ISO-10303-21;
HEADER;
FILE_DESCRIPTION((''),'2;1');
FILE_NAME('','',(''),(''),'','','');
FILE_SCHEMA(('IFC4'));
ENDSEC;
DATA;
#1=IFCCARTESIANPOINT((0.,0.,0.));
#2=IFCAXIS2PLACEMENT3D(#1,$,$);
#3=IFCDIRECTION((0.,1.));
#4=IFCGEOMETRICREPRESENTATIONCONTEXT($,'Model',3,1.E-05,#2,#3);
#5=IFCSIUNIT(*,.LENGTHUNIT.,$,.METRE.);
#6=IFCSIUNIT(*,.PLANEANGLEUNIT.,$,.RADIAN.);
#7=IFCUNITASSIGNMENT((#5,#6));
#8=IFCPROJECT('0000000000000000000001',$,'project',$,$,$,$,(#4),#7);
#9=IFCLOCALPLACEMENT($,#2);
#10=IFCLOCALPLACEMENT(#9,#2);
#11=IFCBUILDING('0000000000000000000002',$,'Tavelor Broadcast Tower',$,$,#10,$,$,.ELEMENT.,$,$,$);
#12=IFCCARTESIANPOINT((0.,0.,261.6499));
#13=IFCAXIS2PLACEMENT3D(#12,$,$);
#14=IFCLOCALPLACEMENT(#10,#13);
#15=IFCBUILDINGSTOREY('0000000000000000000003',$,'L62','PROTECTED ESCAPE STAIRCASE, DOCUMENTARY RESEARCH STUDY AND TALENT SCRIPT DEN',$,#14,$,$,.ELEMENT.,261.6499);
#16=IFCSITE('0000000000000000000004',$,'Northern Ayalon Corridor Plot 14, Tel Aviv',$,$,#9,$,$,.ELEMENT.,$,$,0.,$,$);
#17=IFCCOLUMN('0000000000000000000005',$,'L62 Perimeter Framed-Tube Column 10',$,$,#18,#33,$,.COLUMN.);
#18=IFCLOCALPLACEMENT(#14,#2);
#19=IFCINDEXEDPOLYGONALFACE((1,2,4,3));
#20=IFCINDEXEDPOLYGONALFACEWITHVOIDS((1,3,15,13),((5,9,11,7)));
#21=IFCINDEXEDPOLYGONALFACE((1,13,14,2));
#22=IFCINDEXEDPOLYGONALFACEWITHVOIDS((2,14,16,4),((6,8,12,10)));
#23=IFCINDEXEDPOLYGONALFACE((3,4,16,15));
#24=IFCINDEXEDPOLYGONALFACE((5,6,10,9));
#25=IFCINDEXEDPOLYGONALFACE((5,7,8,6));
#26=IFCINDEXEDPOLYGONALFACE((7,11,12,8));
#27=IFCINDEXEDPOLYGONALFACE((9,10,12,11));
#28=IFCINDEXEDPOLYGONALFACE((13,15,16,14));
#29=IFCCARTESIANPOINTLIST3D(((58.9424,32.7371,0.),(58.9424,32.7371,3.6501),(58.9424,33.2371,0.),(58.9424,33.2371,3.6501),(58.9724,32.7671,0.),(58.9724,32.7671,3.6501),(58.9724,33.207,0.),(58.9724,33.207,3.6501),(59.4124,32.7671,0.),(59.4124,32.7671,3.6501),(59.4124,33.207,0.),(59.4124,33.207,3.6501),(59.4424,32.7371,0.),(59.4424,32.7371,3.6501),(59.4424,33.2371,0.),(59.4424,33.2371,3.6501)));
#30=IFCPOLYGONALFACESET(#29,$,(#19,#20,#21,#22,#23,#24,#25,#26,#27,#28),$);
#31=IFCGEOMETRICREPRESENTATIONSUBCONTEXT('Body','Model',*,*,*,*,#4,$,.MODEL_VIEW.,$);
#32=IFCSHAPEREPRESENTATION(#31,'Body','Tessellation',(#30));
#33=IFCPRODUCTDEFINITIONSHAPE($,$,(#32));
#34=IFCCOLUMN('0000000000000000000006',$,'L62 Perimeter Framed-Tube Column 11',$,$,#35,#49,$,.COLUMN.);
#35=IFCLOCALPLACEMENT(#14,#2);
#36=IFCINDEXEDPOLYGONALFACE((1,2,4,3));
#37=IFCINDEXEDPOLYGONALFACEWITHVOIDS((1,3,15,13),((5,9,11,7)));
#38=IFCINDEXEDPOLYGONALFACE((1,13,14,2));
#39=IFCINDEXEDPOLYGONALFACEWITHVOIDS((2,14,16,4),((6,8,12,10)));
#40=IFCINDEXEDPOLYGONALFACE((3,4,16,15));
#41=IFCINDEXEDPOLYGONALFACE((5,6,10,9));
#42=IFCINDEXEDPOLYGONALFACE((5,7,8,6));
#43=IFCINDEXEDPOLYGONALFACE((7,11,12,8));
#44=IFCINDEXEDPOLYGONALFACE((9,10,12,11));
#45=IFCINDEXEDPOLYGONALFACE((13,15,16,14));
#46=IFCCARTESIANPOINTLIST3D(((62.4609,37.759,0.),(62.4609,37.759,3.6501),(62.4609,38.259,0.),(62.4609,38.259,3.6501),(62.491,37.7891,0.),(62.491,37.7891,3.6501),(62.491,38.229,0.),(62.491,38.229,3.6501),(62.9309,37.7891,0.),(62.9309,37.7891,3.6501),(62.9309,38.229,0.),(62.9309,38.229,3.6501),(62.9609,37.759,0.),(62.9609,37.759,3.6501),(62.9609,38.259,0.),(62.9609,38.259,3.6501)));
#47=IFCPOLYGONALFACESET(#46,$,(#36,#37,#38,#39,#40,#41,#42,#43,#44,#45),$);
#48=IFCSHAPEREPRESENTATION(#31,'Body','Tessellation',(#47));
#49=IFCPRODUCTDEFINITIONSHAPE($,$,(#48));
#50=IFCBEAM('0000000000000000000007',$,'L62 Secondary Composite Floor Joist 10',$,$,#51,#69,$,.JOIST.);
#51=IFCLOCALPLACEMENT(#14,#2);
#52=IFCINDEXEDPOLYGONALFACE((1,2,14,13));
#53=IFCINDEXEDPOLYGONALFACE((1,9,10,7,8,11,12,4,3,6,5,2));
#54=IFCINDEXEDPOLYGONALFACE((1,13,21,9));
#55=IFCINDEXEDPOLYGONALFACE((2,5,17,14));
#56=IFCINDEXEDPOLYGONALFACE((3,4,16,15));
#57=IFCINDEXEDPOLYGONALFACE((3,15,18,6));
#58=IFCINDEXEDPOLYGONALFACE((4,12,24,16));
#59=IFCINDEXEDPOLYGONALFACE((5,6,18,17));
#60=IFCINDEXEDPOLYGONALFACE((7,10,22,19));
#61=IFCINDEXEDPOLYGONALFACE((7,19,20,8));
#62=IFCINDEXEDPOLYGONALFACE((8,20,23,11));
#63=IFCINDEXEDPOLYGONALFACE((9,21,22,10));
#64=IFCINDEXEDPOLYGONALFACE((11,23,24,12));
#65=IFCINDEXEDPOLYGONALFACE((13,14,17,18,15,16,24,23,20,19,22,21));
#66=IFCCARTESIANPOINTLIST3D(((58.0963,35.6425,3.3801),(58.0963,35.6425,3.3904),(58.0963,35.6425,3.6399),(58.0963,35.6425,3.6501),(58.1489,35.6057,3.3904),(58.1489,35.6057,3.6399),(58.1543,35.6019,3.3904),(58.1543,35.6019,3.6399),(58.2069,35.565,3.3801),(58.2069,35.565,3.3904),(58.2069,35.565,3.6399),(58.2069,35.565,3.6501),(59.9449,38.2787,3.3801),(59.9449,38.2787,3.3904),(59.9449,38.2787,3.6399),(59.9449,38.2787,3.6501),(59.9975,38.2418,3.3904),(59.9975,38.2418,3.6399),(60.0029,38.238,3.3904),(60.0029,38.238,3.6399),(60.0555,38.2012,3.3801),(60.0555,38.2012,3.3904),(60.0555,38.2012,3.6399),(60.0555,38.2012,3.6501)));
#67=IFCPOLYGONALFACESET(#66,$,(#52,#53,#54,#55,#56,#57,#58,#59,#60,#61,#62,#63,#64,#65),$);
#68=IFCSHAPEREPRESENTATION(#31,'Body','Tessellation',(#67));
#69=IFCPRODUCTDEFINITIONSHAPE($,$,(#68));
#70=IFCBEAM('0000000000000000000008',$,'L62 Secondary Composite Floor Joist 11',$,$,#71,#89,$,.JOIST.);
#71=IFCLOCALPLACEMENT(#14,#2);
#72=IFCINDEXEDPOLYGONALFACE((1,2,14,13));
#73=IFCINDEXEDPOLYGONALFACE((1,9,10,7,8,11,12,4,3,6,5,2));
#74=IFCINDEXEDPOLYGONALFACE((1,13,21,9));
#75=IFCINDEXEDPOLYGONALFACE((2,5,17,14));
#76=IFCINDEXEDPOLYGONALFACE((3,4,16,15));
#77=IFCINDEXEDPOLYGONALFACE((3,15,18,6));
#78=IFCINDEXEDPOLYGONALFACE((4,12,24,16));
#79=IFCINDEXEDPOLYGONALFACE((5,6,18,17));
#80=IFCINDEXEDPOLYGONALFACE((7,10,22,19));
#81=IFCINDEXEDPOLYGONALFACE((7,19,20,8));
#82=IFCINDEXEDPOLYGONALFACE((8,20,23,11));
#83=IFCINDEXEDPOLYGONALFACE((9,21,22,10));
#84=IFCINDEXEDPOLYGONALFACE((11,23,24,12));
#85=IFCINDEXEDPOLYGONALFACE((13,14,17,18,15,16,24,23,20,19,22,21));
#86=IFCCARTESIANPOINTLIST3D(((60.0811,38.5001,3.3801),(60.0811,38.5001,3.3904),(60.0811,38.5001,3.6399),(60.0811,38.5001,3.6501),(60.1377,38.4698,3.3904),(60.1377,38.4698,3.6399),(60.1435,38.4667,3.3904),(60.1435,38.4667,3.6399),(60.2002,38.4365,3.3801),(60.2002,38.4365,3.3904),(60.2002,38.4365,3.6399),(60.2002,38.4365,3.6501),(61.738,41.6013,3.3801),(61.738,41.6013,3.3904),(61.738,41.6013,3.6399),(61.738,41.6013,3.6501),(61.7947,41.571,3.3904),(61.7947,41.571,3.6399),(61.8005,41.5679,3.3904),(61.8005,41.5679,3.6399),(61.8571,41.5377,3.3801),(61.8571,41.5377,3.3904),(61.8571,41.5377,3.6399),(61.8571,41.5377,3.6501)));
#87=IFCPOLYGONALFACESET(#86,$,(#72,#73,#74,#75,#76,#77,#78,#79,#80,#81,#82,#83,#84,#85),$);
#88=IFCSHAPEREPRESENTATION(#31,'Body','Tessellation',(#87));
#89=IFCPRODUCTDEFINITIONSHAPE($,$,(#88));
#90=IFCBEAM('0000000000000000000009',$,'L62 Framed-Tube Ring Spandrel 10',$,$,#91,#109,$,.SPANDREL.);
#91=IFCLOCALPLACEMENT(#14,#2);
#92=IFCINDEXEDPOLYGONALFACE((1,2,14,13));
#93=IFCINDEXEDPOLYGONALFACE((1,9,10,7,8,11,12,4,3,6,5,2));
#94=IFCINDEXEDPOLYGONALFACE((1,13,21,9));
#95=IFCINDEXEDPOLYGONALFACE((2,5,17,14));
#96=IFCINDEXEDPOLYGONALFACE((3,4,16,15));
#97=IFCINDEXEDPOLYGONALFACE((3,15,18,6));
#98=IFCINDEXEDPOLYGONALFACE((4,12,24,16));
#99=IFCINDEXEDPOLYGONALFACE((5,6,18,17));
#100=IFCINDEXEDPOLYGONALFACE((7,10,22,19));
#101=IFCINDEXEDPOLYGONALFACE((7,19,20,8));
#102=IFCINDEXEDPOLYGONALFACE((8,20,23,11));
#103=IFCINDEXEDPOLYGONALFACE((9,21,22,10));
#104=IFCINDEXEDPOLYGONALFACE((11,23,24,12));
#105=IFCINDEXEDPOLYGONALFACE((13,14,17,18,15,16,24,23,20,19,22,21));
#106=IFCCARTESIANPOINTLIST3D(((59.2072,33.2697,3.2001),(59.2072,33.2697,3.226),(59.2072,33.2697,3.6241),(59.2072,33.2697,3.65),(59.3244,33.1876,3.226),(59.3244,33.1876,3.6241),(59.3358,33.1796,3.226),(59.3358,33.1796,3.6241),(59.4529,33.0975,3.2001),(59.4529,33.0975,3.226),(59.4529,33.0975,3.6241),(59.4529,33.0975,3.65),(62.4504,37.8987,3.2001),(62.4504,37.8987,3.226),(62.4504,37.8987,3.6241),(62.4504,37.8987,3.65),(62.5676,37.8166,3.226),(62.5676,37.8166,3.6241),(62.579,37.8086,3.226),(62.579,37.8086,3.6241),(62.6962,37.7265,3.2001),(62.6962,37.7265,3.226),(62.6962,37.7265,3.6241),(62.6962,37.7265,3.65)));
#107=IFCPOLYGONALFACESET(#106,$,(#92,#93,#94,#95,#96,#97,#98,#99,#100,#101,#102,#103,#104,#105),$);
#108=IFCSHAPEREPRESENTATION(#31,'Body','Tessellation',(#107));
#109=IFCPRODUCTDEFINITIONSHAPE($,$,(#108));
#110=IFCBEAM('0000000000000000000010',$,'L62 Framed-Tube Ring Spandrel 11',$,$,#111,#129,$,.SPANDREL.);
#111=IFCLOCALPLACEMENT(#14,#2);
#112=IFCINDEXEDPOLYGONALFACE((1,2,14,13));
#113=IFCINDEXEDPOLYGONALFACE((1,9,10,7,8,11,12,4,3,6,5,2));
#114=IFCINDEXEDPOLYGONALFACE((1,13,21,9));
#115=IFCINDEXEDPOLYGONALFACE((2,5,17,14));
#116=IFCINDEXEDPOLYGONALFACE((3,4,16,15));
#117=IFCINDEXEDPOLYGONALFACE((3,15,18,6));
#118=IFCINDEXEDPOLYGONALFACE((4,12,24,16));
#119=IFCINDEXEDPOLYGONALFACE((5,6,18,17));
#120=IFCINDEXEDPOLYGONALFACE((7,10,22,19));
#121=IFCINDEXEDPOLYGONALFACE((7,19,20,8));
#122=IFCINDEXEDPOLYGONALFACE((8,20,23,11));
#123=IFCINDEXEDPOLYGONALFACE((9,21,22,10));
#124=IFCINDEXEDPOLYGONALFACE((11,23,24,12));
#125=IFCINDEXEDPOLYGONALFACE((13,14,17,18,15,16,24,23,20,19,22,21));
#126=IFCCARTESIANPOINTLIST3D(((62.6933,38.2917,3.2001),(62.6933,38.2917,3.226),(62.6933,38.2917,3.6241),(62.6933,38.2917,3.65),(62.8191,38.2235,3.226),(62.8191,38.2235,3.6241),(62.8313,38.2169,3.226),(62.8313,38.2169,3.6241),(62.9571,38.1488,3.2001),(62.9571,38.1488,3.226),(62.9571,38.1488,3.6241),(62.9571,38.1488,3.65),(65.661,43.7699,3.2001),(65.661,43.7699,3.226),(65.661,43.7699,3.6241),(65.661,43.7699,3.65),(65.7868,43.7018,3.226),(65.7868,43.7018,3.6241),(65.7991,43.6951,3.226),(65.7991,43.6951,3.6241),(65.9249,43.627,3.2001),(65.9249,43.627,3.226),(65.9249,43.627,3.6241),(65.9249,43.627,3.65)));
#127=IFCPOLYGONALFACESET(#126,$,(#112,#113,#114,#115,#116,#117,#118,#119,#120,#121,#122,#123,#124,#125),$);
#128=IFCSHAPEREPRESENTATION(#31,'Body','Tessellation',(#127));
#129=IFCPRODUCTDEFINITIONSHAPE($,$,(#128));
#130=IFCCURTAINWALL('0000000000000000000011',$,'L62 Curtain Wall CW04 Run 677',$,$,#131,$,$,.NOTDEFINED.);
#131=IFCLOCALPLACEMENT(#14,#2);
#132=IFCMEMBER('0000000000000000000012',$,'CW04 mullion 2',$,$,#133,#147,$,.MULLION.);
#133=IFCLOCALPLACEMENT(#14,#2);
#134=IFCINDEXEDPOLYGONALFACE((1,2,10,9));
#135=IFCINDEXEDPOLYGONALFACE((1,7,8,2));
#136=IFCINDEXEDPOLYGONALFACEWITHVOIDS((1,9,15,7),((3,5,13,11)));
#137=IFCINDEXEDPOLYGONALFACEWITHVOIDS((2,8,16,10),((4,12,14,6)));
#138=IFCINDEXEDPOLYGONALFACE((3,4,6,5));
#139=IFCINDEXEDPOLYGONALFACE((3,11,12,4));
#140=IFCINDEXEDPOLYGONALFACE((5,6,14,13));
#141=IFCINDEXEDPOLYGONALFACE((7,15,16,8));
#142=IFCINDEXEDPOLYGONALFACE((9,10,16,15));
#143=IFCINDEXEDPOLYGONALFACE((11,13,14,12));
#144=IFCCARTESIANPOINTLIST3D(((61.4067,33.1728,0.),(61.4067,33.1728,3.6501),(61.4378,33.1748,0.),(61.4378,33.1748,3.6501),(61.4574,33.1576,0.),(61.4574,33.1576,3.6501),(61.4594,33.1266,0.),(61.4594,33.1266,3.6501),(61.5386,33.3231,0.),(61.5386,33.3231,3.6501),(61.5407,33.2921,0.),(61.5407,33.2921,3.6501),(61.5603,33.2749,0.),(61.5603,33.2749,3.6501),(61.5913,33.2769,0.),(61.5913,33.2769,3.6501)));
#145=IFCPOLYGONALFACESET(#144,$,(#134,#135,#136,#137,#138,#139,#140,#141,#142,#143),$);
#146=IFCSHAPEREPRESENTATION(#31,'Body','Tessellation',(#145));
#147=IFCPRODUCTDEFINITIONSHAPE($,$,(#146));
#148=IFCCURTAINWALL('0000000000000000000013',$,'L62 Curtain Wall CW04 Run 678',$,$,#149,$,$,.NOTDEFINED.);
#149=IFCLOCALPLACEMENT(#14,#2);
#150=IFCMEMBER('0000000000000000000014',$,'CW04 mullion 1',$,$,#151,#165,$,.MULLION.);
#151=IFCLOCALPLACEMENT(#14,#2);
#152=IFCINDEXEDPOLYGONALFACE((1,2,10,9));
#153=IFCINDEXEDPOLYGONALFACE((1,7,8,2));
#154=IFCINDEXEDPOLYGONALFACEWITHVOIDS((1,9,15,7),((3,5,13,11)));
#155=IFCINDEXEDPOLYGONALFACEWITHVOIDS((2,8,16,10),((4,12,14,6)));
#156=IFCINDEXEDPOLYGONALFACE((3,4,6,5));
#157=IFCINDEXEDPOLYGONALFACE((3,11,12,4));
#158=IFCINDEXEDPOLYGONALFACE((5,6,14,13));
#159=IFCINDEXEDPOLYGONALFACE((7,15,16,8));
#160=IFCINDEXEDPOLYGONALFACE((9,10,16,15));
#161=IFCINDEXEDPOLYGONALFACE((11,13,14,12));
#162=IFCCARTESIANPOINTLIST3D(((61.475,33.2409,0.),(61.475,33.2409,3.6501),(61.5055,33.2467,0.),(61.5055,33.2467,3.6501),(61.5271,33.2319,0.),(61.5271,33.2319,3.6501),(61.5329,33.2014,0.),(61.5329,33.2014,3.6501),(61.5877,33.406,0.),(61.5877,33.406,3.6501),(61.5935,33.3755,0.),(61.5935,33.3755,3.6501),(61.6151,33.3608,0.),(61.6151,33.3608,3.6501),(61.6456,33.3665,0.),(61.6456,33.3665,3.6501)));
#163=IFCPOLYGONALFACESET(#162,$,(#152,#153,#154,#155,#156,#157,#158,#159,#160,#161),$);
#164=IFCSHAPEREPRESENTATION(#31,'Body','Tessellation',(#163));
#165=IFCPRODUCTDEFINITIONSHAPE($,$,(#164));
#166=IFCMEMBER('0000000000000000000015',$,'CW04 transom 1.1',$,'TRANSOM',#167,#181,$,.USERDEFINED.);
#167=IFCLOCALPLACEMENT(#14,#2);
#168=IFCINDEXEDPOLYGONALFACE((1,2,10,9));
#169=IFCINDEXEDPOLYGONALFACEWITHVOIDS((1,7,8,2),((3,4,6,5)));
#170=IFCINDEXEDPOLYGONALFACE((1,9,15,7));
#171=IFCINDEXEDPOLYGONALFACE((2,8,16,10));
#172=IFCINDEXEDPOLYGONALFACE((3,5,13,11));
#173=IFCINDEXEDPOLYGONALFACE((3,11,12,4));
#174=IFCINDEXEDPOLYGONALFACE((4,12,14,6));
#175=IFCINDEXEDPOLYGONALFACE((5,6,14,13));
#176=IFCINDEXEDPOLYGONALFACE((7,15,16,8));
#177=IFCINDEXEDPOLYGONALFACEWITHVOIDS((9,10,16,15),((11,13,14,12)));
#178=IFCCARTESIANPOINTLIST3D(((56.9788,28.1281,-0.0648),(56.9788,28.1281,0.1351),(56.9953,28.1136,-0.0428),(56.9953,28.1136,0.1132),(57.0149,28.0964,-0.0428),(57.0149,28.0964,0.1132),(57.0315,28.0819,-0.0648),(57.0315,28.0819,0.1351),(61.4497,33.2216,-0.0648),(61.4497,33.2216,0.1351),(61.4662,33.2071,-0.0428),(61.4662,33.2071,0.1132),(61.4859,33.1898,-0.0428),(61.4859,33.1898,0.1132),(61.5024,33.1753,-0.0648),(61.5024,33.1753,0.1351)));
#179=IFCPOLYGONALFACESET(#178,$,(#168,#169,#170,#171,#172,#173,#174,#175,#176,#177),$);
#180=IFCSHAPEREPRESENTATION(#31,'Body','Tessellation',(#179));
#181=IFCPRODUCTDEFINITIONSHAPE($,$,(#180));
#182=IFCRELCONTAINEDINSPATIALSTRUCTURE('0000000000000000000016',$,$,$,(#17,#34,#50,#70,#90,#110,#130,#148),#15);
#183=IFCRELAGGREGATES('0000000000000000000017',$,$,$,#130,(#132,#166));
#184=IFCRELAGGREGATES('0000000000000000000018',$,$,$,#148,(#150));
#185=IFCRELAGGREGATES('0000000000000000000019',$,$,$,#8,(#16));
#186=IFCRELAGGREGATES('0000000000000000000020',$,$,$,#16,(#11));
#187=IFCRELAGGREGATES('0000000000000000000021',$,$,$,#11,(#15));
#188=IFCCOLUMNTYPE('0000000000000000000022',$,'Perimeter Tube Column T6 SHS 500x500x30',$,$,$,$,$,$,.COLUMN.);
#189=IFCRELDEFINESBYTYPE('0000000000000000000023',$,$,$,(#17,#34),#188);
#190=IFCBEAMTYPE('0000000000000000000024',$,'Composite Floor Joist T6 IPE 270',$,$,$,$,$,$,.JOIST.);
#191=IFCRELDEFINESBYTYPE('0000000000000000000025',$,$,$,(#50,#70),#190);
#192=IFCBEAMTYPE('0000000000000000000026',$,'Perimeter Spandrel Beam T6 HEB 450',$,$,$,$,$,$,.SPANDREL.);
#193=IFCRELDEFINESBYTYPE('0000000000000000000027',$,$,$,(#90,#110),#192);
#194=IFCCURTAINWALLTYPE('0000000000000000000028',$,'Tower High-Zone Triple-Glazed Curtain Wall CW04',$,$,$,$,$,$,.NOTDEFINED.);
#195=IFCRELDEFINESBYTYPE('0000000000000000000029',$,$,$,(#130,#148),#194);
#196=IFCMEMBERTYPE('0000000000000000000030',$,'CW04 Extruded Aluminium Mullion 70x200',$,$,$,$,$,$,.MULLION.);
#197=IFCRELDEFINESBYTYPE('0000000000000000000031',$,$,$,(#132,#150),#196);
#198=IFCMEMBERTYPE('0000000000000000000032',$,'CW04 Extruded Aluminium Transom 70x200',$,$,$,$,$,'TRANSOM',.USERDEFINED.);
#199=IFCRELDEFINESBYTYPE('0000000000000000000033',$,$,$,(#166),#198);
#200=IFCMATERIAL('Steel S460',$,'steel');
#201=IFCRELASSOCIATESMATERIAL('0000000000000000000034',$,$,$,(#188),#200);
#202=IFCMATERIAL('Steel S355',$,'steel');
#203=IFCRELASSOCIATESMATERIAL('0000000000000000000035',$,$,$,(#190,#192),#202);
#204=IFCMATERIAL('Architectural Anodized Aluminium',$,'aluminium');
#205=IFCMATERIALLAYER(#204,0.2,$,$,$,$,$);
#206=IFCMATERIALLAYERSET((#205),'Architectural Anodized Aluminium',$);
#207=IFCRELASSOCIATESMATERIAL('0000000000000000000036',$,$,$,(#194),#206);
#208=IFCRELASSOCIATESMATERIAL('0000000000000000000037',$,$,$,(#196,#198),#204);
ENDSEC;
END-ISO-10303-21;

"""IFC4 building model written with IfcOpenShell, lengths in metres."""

from ifc_helpers import new_model, si_unit, direction, frame, origin, origin_2d, place, context, subcontext, project, spatial, hollow_rectangle, i_section, extrude, source, transform, mapped, material, layer, layer_set, material_profile, profile_set, type_object, type_shapes, element, aggregate, save


model = new_model("IFC4")

# Units and contexts
model_context = context("Model", 3, precision=1e-05, world=origin(), true_north=direction((0.0, 1.0)))
body_context = subcontext(model_context, "Body", "Model", "MODEL_VIEW")
ifc_project = project(units=[si_unit("LENGTHUNIT", "METRE"), si_unit("PLANEANGLEUNIT", "RADIAN")], contexts=[model_context])

# Site, building, storey
site_placement = place(None, origin())
site = spatial("IfcSite", under=ifc_project, at=site_placement, Name="Northern Ayalon Corridor Plot 14, Tel Aviv", CompositionType="ELEMENT", RefElevation=0.0)
building_placement = place(site_placement, origin())
building = spatial("IfcBuilding", under=site, at=building_placement, Name="Tavelor Broadcast Tower", CompositionType="ELEMENT")
storey_placement = place(building_placement, frame((0.0, 0.0, 261.6499)))
storey = spatial("IfcBuildingStorey", under=building, at=storey_placement, Name="L62", Description="PROTECTED ESCAPE STAIRCASE, DOCUMENTARY RESEARCH STUDY AND TALENT SCRIPT DEN", CompositionType="ELEMENT", Elevation=261.6499)

# Columns
ifc_material_1 = material(Name="Steel S460", Category="steel")
ifc_material_profile_1 = material_profile(ifc_material_1, hollow_rectangle(XDim=0.5, YDim=0.5, WallThickness=0.03, at=origin_2d()), Name="SHS 500x500x30")
ifc_profile_set_1 = profile_set([ifc_material_profile_1], Name="Steel S460")
column_type = type_object("IfcColumnType", Name="Perimeter Tube Column T6 SHS 500x500x30", PredefinedType="COLUMN", material=ifc_profile_set_1)
for number, where, z_axis, x_axis, name in (
    (1, (59.1924, 32.9871, 0.0), (0.0, 0.0, 1.0), (1.0, 0.0, 0.0), "L62 Perimeter Framed-Tube Column 10"),
    (2, (62.7109, 38.009, 0.0), (0.0, 0.0, 1.0), (1.0, 0.0, 0.0), "L62 Perimeter Framed-Tube Column 11"),
):
    element("IfcColumn", number, at=place(storey_placement, frame(where, z_axis=z_axis, x_axis=x_axis)), inside=storey, type_object=column_type, Name=name, PredefinedType="COLUMN", context=body_context, shape_type="SweptSolid", body=[
        extrude(hollow_rectangle(XDim=0.5, YDim=0.5, WallThickness=0.03, at=origin_2d()), origin(), (0.0, 0.0, 1.0), 3.6501),
    ])

# Beams
ifc_material_2 = material(Name="Steel S355", Category="steel")
ifc_material_profile_2 = material_profile(ifc_material_2, i_section(OverallWidth=0.135, OverallDepth=0.27, WebThickness=0.0066, FlangeThickness=0.0103, at=origin_2d()), Name="IPE 270")
ifc_profile_set_2 = profile_set([ifc_material_profile_2], Name="Steel S355")
beam_type_1 = type_object("IfcBeamType", Name="Composite Floor Joist T6 IPE 270", PredefinedType="JOIST", material=ifc_profile_set_2)
beam_1_placement = place(storey_placement, frame((58.1516, 35.6038, 3.5151), z_axis=(0.574144, 0.818754, 0.0), x_axis=(-0.818754, 0.574144, 0.0)))
element("IfcBeam", 3, at=beam_1_placement, inside=storey, type_object=beam_type_1, Name="L62 Secondary Composite Floor Joist 10", PredefinedType="JOIST", context=body_context, shape_type="SweptSolid", body=[
    extrude(i_section(OverallWidth=0.135, OverallDepth=0.27, WebThickness=0.0066, FlangeThickness=0.0103, at=origin_2d()), origin(), (0.0, 0.0, 1.0), 3.2197),
])
beam_2_placement = place(storey_placement, frame((60.1406, 38.4683, 3.5151), z_axis=(0.47124, 0.882005, 0.0), x_axis=(-0.882005, 0.47124, 0.0)))
element("IfcBeam", 4, at=beam_2_placement, inside=storey, type_object=beam_type_1, Name="L62 Secondary Composite Floor Joist 11", PredefinedType="JOIST", context=body_context, shape_type="SweptSolid", body=[
    extrude(i_section(OverallWidth=0.135, OverallDepth=0.27, WebThickness=0.0066, FlangeThickness=0.0103, at=origin_2d()), origin(), (0.0, 0.0, 1.0), 3.5161),
])
ifc_material_profile_3 = material_profile(ifc_material_2, i_section(OverallWidth=0.3, OverallDepth=0.45, WebThickness=0.0139, FlangeThickness=0.0259, at=origin_2d()), Name="HEB 450")
ifc_profile_set_3 = profile_set([ifc_material_profile_3], Name="Steel S355")
beam_type_2 = type_object("IfcBeamType", Name="Perimeter Spandrel Beam T6 HEB 450", PredefinedType="SPANDREL", material=ifc_profile_set_3)
beam_3_placement = place(storey_placement, frame((59.3301, 33.1836, 3.425), z_axis=(0.57381, 0.818988, 0.0), x_axis=(-0.818988, 0.57381, 0.0)))
element("IfcBeam", 5, at=beam_3_placement, inside=storey, type_object=beam_type_2, Name="L62 Framed-Tube Ring Spandrel 10", PredefinedType="SPANDREL", context=body_context, shape_type="SweptSolid", body=[
    extrude(i_section(OverallWidth=0.3, OverallDepth=0.45, WebThickness=0.0139, FlangeThickness=0.0259, at=origin_2d()), origin(), (0.0, 0.0, 1.0), 5.6521),
])
beam_4_placement = place(storey_placement, frame((62.8252, 38.2202, 3.425), z_axis=(0.47633, 0.879267, 0.0), x_axis=(-0.879267, 0.47633, 0.0)))
element("IfcBeam", 6, at=beam_4_placement, inside=storey, type_object=beam_type_2, Name="L62 Framed-Tube Ring Spandrel 11", PredefinedType="SPANDREL", context=body_context, shape_type="SweptSolid", body=[
    extrude(i_section(OverallWidth=0.3, OverallDepth=0.45, WebThickness=0.0139, FlangeThickness=0.0259, at=origin_2d()), origin(), (0.0, 0.0, 1.0), 6.2305),
])

# Curtain walls, members
ifc_material_3 = material(Name="Architectural Anodized Aluminium", Category="aluminium")
ifc_layer_1 = layer(ifc_material_3, 0.2)
ifc_layer_set_1 = layer_set([ifc_layer_1], Name="Architectural Anodized Aluminium")
curtain_wall_type = type_object("IfcCurtainWallType", Name="Tower High-Zone Triple-Glazed Curtain Wall CW04", PredefinedType="NOTDEFINED", material=ifc_layer_set_1)
curtain_wall_1_placement = place(storey_placement, origin())
curtain_wall_1 = element("IfcCurtainWall", 7, at=curtain_wall_1_placement, inside=storey, type_object=curtain_wall_type, Name="L62 Curtain Wall CW04 Run 677", PredefinedType="NOTDEFINED")
ifc_material_profile_4 = material_profile(ifc_material_3, hollow_rectangle(XDim=0.0701, YDim=0.2, WallThickness=0.022, at=origin_2d()), Name="RHS 70x200x22")
ifc_profile_set_4 = profile_set([ifc_material_profile_4], Name="Architectural Anodized Aluminium")
member_type_1 = type_object("IfcMemberType", Name="CW04 Extruded Aluminium Mullion 70x200", PredefinedType="MULLION", material=ifc_profile_set_4)
shared_shape_1 = source(origin(), body_context, "Body", "SweptSolid", [
    extrude(hollow_rectangle(XDim=0.0701, YDim=0.2, WallThickness=0.022, at=origin_2d()), origin(), (0.0, 0.0, 1.0), 3.6501),
])
type_shapes(member_type_1, [shared_shape_1])
member_1_placement = place(storey_placement, frame((61.499, 33.2249, 0.0), z_axis=(0.0, 0.0, 1.0), x_axis=(-0.751548, 0.659679, 0.0)))
member_1 = element("IfcMember", 8, at=member_1_placement, type_object=member_type_1, Name="CW04 mullion 2", PredefinedType="MULLION", context=body_context, shape_type="MappedRepresentation", body=[
    mapped(shared_shape_1, transform((0.0, 0.0, 0.0), scale=1.0)),
])
curtain_wall_2_placement = place(storey_placement, origin())
curtain_wall_2 = element("IfcCurtainWall", 9, at=curtain_wall_2_placement, inside=storey, type_object=curtain_wall_type, Name="L62 Curtain Wall CW04 Run 678", PredefinedType="NOTDEFINED")
member_2_placement = place(storey_placement, frame((61.5603, 33.3037, 0.0), z_axis=(0.0, 0.0, 1.0), x_axis=(-0.825854, 0.563884, 0.0)))
member_2 = element("IfcMember", 10, at=member_2_placement, type_object=member_type_1, Name="CW04 mullion 1", PredefinedType="MULLION", context=body_context, shape_type="MappedRepresentation", body=[
    mapped(shared_shape_1, transform((0.0, 0.0, 0.0), scale=1.0)),
])

# Member
ifc_material_profile_5 = material_profile(ifc_material_3, hollow_rectangle(XDim=0.0701, YDim=0.2, WallThickness=0.022, at=origin_2d()), Name="RHS 70x200x22")
ifc_profile_set_5 = profile_set([ifc_material_profile_5], Name="Architectural Anodized Aluminium")
member_type_2 = type_object("IfcMemberType", Name="CW04 Extruded Aluminium Transom 70x200", ElementType="TRANSOM", PredefinedType="USERDEFINED", material=ifc_profile_set_5)
shared_shape_2 = source(origin(), body_context, "Body", "SweptSolid", [
    extrude(hollow_rectangle(XDim=0.0701, YDim=0.2, WallThickness=0.022, at=origin_2d()), origin(), (0.0, 0.0, 1.0), 6.7773),
])
member_3_placement = place(storey_placement, frame((57.0051, 28.105, 0.0352), z_axis=(0.659685, 0.751543, 0.0), x_axis=(-0.751543, 0.659685, 0.0)))
member_3 = element("IfcMember", 11, at=member_3_placement, type_object=member_type_2, Name="CW04 transom 1.1", ObjectType="TRANSOM", PredefinedType="USERDEFINED", context=body_context, shape_type="MappedRepresentation", body=[
    mapped(shared_shape_2, transform((0.0, 0.0, 0.0), scale=1.0)),
])

aggregate(curtain_wall_1, [member_1, member_3])
aggregate(curtain_wall_2, [member_2])

save(model, "model.ifc")
